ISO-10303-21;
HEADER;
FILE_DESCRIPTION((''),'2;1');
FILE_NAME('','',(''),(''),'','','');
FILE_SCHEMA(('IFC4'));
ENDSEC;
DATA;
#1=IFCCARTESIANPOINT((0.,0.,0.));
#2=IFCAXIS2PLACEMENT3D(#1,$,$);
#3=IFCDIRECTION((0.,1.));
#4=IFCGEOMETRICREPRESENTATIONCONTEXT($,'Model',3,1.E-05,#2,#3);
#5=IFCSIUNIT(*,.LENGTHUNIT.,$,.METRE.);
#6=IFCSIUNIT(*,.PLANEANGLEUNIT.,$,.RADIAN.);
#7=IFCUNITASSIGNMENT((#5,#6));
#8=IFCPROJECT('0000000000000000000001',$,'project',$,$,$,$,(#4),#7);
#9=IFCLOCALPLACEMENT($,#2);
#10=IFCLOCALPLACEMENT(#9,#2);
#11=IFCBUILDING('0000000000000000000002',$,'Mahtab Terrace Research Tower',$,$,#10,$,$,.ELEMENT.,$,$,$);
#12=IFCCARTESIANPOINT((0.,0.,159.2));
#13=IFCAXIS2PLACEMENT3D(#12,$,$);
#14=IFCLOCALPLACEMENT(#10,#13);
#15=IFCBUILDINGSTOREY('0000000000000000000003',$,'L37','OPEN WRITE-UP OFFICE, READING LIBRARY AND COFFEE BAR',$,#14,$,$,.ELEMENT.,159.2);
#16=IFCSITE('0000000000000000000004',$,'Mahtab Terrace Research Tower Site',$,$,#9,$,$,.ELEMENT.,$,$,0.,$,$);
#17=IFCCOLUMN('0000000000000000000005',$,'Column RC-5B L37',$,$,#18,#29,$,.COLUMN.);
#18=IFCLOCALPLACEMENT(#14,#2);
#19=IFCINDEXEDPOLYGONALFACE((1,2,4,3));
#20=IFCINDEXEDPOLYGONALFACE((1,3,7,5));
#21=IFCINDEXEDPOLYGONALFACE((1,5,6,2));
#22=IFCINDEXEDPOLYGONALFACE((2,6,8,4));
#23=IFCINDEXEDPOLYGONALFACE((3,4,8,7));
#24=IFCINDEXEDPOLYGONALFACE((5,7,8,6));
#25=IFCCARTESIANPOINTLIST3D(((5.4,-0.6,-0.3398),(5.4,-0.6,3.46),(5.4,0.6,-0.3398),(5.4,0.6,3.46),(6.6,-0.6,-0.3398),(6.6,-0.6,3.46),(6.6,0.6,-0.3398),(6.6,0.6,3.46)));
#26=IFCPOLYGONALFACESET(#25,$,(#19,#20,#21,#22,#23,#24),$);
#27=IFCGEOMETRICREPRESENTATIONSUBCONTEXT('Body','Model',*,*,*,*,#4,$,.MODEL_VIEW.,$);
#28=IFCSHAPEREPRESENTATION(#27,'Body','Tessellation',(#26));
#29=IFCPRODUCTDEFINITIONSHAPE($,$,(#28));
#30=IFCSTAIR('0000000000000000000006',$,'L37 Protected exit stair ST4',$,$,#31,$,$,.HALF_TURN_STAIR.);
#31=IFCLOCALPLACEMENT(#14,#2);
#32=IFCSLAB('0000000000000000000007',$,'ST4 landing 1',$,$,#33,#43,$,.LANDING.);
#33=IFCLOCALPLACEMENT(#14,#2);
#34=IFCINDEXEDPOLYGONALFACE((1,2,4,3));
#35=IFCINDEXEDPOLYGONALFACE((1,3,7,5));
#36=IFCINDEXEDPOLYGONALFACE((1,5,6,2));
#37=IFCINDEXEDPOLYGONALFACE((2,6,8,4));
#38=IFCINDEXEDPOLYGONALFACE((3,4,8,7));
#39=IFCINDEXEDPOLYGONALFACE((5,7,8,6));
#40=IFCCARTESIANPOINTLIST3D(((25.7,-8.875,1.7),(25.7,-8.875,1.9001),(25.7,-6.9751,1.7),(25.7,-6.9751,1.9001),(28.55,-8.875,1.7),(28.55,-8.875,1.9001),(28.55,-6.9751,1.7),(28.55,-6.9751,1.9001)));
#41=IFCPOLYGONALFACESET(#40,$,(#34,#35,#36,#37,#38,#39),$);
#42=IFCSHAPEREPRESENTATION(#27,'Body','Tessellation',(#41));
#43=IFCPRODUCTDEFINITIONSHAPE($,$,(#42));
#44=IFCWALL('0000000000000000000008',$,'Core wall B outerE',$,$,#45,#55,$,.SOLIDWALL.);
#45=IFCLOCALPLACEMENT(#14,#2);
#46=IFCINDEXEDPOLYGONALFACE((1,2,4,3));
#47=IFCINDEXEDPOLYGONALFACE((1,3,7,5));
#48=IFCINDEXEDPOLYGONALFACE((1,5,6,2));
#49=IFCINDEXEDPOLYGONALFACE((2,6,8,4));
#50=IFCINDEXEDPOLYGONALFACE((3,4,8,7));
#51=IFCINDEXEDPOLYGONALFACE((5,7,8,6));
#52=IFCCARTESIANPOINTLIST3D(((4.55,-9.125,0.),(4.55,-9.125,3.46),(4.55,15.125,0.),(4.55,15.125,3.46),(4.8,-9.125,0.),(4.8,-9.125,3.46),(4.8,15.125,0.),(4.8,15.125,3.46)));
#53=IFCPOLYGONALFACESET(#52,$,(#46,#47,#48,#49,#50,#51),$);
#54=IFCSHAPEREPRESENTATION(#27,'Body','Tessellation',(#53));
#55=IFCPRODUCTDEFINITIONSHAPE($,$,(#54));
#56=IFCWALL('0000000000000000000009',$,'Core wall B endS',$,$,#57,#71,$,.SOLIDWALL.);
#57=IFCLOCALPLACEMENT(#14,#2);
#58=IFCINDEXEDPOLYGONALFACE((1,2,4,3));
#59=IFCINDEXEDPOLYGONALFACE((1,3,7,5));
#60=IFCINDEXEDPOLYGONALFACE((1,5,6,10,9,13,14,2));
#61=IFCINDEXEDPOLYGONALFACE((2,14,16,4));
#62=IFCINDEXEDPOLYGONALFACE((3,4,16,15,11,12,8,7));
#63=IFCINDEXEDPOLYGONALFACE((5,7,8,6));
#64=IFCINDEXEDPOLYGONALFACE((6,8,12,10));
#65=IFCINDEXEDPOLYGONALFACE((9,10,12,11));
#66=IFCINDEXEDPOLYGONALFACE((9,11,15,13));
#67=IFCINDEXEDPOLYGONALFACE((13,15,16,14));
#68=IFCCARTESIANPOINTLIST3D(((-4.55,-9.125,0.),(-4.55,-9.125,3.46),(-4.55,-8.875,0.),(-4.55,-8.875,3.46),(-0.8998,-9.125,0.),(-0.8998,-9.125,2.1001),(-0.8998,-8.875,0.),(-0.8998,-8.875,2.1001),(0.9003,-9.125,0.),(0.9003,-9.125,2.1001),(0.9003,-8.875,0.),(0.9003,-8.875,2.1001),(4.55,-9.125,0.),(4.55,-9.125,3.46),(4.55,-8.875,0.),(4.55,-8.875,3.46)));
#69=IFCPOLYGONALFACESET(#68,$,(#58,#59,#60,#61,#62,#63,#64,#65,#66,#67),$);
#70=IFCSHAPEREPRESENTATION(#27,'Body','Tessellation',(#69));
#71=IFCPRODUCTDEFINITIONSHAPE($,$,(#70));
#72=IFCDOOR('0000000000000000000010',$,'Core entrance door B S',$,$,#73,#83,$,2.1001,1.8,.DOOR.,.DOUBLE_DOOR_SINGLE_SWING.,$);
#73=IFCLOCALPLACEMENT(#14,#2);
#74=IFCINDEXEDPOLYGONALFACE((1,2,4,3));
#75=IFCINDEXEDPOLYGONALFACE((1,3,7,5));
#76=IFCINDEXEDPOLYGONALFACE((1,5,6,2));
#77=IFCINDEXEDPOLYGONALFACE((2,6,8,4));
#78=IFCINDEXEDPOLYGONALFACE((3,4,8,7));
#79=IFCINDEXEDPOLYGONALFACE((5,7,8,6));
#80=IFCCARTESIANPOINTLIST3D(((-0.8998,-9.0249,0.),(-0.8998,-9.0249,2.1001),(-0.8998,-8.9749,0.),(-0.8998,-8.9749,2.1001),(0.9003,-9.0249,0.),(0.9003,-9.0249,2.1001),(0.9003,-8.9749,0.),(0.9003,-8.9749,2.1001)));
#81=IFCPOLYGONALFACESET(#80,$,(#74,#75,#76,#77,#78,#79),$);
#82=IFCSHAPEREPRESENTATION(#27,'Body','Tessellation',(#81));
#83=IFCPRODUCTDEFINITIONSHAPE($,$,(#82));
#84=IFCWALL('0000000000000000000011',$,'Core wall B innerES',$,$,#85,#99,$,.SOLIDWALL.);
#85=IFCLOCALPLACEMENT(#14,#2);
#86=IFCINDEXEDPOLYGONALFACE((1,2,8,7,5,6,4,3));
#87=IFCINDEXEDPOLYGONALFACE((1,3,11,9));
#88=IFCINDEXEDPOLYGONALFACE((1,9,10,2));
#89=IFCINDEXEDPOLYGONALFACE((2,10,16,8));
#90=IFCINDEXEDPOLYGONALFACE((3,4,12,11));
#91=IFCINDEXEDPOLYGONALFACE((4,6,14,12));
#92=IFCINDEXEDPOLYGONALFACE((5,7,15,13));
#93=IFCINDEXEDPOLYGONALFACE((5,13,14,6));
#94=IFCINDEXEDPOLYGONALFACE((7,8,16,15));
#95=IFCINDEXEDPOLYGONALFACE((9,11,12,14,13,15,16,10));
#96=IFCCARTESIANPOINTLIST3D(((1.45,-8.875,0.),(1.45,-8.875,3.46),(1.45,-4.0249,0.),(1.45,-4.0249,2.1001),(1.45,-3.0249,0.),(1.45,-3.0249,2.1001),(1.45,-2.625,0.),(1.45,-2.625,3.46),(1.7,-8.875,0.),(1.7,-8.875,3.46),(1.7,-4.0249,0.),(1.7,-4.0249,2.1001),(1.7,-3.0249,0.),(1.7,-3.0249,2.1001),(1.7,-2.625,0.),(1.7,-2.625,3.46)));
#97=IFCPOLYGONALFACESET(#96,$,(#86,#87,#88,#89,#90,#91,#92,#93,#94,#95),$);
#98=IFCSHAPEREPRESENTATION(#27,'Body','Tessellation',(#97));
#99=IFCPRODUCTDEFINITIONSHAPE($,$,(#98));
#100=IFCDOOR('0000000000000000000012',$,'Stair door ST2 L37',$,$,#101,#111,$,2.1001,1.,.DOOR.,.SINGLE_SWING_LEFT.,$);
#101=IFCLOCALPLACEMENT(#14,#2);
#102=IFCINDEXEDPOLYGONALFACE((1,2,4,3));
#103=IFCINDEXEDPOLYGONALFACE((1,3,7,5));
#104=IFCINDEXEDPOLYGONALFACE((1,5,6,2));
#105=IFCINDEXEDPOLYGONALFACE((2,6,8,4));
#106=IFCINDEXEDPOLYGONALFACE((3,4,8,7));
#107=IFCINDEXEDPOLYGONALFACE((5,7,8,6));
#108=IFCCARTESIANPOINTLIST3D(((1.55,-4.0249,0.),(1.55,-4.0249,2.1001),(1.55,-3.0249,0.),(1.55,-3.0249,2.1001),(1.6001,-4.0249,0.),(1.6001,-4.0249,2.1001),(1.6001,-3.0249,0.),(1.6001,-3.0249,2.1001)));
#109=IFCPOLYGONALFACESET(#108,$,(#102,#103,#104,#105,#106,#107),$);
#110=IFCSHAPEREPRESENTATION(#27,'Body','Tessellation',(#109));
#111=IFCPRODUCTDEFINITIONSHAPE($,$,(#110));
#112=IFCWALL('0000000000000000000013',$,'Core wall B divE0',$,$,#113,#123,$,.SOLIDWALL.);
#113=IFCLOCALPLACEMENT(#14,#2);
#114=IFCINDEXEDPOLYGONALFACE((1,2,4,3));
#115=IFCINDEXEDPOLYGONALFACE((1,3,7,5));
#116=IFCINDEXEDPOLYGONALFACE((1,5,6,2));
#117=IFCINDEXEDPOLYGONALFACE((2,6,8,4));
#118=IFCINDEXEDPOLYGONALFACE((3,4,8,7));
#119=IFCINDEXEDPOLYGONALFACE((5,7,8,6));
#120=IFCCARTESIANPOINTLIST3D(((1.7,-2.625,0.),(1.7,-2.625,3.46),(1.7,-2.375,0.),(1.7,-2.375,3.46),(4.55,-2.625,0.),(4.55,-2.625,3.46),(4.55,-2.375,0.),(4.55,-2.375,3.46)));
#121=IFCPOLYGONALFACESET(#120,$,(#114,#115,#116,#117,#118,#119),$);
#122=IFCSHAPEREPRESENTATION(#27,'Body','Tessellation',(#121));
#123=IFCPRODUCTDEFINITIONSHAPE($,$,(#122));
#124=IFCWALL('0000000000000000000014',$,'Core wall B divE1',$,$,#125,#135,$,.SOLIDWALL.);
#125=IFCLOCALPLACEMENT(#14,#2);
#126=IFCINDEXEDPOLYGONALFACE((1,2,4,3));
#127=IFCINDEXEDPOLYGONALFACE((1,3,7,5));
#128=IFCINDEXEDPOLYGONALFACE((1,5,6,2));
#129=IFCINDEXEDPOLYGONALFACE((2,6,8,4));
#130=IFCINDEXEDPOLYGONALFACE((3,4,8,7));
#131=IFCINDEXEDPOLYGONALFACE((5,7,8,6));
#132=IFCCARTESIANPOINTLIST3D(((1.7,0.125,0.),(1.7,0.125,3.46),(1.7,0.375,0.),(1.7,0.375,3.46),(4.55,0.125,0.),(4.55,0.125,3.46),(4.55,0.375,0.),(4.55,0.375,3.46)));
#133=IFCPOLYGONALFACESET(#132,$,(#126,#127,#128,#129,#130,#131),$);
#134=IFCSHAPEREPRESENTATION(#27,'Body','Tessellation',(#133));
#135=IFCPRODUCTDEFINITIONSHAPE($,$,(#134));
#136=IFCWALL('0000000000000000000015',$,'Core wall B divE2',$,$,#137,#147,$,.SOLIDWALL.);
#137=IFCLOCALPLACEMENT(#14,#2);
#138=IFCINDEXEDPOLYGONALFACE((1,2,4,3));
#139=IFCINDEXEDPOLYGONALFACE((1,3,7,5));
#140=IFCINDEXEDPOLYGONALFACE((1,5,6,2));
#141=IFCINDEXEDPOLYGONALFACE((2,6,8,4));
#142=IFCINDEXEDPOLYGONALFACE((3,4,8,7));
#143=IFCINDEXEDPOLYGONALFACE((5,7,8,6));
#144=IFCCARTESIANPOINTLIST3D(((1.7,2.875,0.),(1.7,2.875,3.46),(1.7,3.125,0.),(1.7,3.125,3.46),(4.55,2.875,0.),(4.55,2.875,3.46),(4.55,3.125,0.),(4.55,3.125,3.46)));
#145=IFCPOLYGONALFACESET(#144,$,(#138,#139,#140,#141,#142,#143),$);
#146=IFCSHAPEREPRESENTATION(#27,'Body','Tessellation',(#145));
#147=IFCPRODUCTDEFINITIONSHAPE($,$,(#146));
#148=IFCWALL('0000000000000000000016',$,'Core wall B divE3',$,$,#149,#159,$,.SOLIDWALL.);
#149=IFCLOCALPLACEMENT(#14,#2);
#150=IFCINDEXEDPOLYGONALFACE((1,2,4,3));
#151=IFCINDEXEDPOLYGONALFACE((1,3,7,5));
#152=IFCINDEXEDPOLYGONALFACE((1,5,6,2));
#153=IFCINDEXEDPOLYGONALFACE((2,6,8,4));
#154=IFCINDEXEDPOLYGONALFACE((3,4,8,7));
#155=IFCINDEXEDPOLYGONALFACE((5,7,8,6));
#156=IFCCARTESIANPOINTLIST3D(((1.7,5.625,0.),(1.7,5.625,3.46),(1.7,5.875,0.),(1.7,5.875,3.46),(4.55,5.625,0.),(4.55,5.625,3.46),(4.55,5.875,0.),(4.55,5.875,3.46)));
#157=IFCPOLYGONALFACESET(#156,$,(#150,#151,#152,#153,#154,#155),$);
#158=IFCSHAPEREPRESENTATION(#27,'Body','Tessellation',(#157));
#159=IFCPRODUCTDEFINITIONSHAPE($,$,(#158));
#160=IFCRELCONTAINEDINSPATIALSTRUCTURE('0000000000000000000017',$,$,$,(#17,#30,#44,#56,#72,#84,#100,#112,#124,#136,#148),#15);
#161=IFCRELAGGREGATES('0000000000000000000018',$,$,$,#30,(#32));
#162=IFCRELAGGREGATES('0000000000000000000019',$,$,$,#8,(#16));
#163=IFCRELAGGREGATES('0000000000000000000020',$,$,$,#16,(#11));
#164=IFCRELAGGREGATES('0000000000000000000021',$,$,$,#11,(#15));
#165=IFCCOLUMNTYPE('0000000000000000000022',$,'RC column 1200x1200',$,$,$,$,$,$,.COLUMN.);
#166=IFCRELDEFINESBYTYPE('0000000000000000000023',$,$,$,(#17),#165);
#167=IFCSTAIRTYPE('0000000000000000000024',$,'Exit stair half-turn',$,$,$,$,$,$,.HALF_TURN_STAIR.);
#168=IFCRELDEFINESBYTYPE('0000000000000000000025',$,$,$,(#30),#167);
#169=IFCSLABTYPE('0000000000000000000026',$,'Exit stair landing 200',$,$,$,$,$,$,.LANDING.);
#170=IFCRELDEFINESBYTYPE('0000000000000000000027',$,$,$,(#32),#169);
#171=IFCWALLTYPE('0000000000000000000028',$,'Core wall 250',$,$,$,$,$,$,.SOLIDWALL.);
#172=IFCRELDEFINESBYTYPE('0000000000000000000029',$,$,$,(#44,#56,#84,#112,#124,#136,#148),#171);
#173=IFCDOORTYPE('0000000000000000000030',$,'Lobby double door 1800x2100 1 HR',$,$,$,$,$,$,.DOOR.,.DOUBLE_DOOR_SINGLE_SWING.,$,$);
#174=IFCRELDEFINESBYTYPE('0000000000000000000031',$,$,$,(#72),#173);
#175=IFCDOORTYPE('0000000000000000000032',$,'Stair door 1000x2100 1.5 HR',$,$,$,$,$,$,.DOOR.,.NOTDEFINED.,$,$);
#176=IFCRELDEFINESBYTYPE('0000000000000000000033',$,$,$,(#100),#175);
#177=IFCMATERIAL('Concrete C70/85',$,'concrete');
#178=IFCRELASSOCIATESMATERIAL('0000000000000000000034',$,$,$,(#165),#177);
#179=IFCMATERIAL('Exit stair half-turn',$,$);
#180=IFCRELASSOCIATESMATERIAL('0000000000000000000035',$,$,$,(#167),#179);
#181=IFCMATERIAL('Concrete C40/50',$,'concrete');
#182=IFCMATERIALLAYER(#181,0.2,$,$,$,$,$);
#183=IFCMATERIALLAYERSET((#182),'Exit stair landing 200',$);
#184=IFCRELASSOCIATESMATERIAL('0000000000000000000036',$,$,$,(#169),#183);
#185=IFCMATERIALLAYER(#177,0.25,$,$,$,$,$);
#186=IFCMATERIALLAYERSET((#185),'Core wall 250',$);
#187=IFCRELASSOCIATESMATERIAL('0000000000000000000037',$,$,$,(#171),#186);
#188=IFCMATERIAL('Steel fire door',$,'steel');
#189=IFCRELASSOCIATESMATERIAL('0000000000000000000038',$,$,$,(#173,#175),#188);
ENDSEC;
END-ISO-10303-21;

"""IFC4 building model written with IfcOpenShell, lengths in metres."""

from ifc_helpers import new_model, si_unit, direction, frame, frame_2d, origin, origin_2d, place, context, subcontext, project, spatial, polyline, rectangle, outline, extrude, material, layer, layer_set, material_profile, profile_set, type_object, element, fill, aggregate, save


model = new_model("IFC4")

# Units and contexts
model_context = context("Model", 3, precision=1e-05, world=origin(), true_north=direction((0.0, 1.0)))
body_context = subcontext(model_context, "Body", "Model", "MODEL_VIEW")
ifc_project = project(units=[si_unit("LENGTHUNIT", "METRE"), si_unit("PLANEANGLEUNIT", "RADIAN")], contexts=[model_context])

# Site, building, storey
site_placement = place(None, origin())
site = spatial("IfcSite", under=ifc_project, at=site_placement, Name="Mahtab Terrace Research Tower Site", CompositionType="ELEMENT", RefElevation=0.0)
building_placement = place(site_placement, origin())
building = spatial("IfcBuilding", under=site, at=building_placement, Name="Mahtab Terrace Research Tower", CompositionType="ELEMENT")
storey_placement = place(building_placement, frame((0.0, 0.0, 159.2)))
storey = spatial("IfcBuildingStorey", under=building, at=storey_placement, Name="L37", Description="OPEN WRITE-UP OFFICE, READING LIBRARY AND COFFEE BAR", CompositionType="ELEMENT", Elevation=159.2)

# Column
ifc_material_1 = material(Name="Concrete C70/85", Category="concrete")
ifc_material_profile = material_profile(ifc_material_1, rectangle(XDim=1.2, YDim=1.2, at=origin_2d()), Name="RC column 1200x1200")
ifc_profile_set = profile_set([ifc_material_profile], Name="Concrete C70/85")
column_type = type_object("IfcColumnType", Name="RC column 1200x1200", PredefinedType="COLUMN", material=ifc_profile_set)
column_placement = place(storey_placement, frame((6.0, 0.0, -0.3398), z_axis=(0.0, 0.0, 1.0), x_axis=(1.0, 0.0, 0.0)))
element("IfcColumn", 1, at=column_placement, inside=storey, type_object=column_type, Name="Column RC-5B L37", PredefinedType="COLUMN", context=body_context, shape_type="SweptSolid", body=[
    extrude(rectangle(XDim=1.2, YDim=1.2, at=origin_2d()), origin(), (0.0, 0.0, 1.0), 3.7998),
])

# Stair, slab
ifc_material_2 = material(Name="Exit stair half-turn")
stair_type = type_object("IfcStairType", Name="Exit stair half-turn", PredefinedType="HALF_TURN_STAIR", material=ifc_material_2)
stair_1_placement = place(storey_placement, origin())
stair_1 = element("IfcStair", 2, at=stair_1_placement, inside=storey, type_object=stair_type, Name="L37 Protected exit stair ST4", PredefinedType="HALF_TURN_STAIR")
ifc_material_3 = material(Name="Concrete C40/50", Category="concrete")
ifc_layer_1 = layer(ifc_material_3, 0.2)
ifc_layer_set_1 = layer_set([ifc_layer_1], Name="Exit stair landing 200")
slab_type = type_object("IfcSlabType", Name="Exit stair landing 200", PredefinedType="LANDING", material=ifc_layer_set_1)
slab_placement = place(storey_placement, frame((0.0, 0.0, 1.7)))
slab = element("IfcSlab", 3, at=slab_placement, type_object=slab_type, Name="ST4 landing 1", PredefinedType="LANDING", context=body_context, shape_type="SweptSolid", body=[
    extrude(outline(polyline([(25.7, -6.9751), (25.7, -8.875), (28.55, -8.875), (28.55, -6.9751), (25.7, -6.9751)])), origin(), (0.0, 0.0, 1.0), 0.2002),
])
aggregate(stair_1, [slab])

# Wall
ifc_layer_2 = layer(ifc_material_1, 0.25)
ifc_layer_set_2 = layer_set([ifc_layer_2], Name="Core wall 250")
wall_type_1 = type_object("IfcWallType", Name="Core wall 250", PredefinedType="SOLIDWALL", material=ifc_layer_set_2)
wall_1_placement = place(storey_placement, frame((4.675, -9.125, 0.0), z_axis=(0.0, 0.0, 1.0), x_axis=(0.0, 1.0, 0.0)))
element("IfcWall", 4, at=wall_1_placement, inside=storey, type_object=wall_type_1, Name="Core wall B outerE", PredefinedType="SOLIDWALL", context=body_context, shape_type="SweptSolid", body=[
    extrude(rectangle(XDim=24.25, YDim=0.25, at=frame_2d((12.125, 0.0))), origin(), (0.0, 0.0, 1.0), 3.46),
])

# Walls, openings, doors
wall_2_placement = place(storey_placement, frame((4.55, -9.0, 0.0), z_axis=(0.0, 0.0, 1.0), x_axis=(-1.0, 0.0, 0.0)))
wall_2 = element("IfcWall", 5, at=wall_2_placement, inside=storey, type_object=wall_type_1, Name="Core wall B endS", PredefinedType="SOLIDWALL", context=body_context, shape_type="SweptSolid", body=[
    extrude(rectangle(XDim=9.1001, YDim=0.25, at=frame_2d((4.55, 0.0))), origin(), (0.0, 0.0, 1.0), 3.46),
])
opening_1_placement = place(wall_2_placement, frame((3.6499, 0.0, 0.0)))
opening_1 = element("IfcOpeningElement", 6, at=opening_1_placement, cuts=wall_2, PredefinedType="OPENING", context=body_context, shape_type="SweptSolid", body=[
    extrude(rectangle(XDim=1.8, YDim=2.1001, at=frame_2d((0.8999, 1.05))), frame((0.0, 0.135, 0.0), z_axis=(0.0, -1.0, 0.0), x_axis=(1.0, 0.0, 0.0)), (0.0, 0.0, 1.0), 0.27),
])
ifc_material_4 = material(Name="Steel fire door", Category="steel")
door_type_1 = type_object("IfcDoorType", Name="Lobby double door 1800x2100 1 HR", OperationType="DOUBLE_DOOR_SINGLE_SWING", PredefinedType="DOOR", material=ifc_material_4)
door_1_placement = place(opening_1_placement, origin())
door_1 = element("IfcDoor", 7, at=door_1_placement, inside=storey, type_object=door_type_1, Name="Core entrance door B S", OperationType="DOUBLE_DOOR_SINGLE_SWING", OverallHeight=2.1001, OverallWidth=1.8, PredefinedType="DOOR", context=body_context, shape_type="SweptSolid", body=[
    extrude(rectangle(XDim=1.8, YDim=2.1001, at=frame_2d((0.8999, 1.05))), frame((0.0, 0.0249, 0.0), z_axis=(0.0, -1.0, 0.0), x_axis=(1.0, 0.0, 0.0)), (0.0, 0.0, 1.0), 0.05),
])
fill(opening_1, door_1)
wall_3_placement = place(storey_placement, frame((1.575, -8.875, 0.0), z_axis=(0.0, 0.0, 1.0), x_axis=(0.0, 1.0, 0.0)))
wall_3 = element("IfcWall", 8, at=wall_3_placement, inside=storey, type_object=wall_type_1, Name="Core wall B innerES", PredefinedType="SOLIDWALL", context=body_context, shape_type="SweptSolid", body=[
    extrude(rectangle(XDim=6.25, YDim=0.25, at=frame_2d((3.125, 0.0))), origin(), (0.0, 0.0, 1.0), 3.46),
])
opening_2_placement = place(wall_3_placement, frame((4.8501, 0.0, 0.0)))
opening_2 = element("IfcOpeningElement", 9, at=opening_2_placement, cuts=wall_3, PredefinedType="OPENING", context=body_context, shape_type="SweptSolid", body=[
    extrude(rectangle(XDim=1.0, YDim=2.1001, at=frame_2d((0.5, 1.05))), frame((0.0, 0.135, 0.0), z_axis=(0.0, -1.0, 0.0), x_axis=(1.0, 0.0, 0.0)), (0.0, 0.0, 1.0), 0.27),
])
door_type_2 = type_object("IfcDoorType", Name="Stair door 1000x2100 1.5 HR", OperationType="NOTDEFINED", PredefinedType="DOOR", material=ifc_material_4)
door_2_placement = place(opening_2_placement, origin())
door_2 = element("IfcDoor", 10, at=door_2_placement, inside=storey, type_object=door_type_2, Name="Stair door ST2 L37", OperationType="SINGLE_SWING_LEFT", OverallHeight=2.1001, OverallWidth=1.0, PredefinedType="DOOR", context=body_context, shape_type="SweptSolid", body=[
    extrude(rectangle(XDim=1.0, YDim=2.1001, at=frame_2d((0.5, 1.05))), frame((0.0, 0.0249, 0.0), z_axis=(0.0, -1.0, 0.0), x_axis=(1.0, 0.0, 0.0)), (0.0, 0.0, 1.0), 0.05),
])
fill(opening_2, door_2)

# Walls
for number, where, z_axis, x_axis, name in (
    (11, (1.7, -2.5, 0.0), (0.0, 0.0, 1.0), (1.0, 0.0, 0.0), "Core wall B divE0"),
    (12, (1.7, 0.25, 0.0), (0.0, 0.0, 1.0), (1.0, 0.0, 0.0), "Core wall B divE1"),
    (13, (1.7, 3.0, 0.0), (0.0, 0.0, 1.0), (1.0, 0.0, 0.0), "Core wall B divE2"),
    (14, (1.7, 5.75, 0.0), (0.0, 0.0, 1.0), (1.0, 0.0, 0.0), "Core wall B divE3"),
):
    element("IfcWall", number, at=place(storey_placement, frame(where, z_axis=z_axis, x_axis=x_axis)), inside=storey, type_object=wall_type_1, Name=name, PredefinedType="SOLIDWALL", context=body_context, shape_type="SweptSolid", body=[
        extrude(rectangle(XDim=2.8501, YDim=0.25, at=frame_2d((1.425, 0.0))), origin(), (0.0, 0.0, 1.0), 3.46),
    ])

save(model, "model.ifc")
